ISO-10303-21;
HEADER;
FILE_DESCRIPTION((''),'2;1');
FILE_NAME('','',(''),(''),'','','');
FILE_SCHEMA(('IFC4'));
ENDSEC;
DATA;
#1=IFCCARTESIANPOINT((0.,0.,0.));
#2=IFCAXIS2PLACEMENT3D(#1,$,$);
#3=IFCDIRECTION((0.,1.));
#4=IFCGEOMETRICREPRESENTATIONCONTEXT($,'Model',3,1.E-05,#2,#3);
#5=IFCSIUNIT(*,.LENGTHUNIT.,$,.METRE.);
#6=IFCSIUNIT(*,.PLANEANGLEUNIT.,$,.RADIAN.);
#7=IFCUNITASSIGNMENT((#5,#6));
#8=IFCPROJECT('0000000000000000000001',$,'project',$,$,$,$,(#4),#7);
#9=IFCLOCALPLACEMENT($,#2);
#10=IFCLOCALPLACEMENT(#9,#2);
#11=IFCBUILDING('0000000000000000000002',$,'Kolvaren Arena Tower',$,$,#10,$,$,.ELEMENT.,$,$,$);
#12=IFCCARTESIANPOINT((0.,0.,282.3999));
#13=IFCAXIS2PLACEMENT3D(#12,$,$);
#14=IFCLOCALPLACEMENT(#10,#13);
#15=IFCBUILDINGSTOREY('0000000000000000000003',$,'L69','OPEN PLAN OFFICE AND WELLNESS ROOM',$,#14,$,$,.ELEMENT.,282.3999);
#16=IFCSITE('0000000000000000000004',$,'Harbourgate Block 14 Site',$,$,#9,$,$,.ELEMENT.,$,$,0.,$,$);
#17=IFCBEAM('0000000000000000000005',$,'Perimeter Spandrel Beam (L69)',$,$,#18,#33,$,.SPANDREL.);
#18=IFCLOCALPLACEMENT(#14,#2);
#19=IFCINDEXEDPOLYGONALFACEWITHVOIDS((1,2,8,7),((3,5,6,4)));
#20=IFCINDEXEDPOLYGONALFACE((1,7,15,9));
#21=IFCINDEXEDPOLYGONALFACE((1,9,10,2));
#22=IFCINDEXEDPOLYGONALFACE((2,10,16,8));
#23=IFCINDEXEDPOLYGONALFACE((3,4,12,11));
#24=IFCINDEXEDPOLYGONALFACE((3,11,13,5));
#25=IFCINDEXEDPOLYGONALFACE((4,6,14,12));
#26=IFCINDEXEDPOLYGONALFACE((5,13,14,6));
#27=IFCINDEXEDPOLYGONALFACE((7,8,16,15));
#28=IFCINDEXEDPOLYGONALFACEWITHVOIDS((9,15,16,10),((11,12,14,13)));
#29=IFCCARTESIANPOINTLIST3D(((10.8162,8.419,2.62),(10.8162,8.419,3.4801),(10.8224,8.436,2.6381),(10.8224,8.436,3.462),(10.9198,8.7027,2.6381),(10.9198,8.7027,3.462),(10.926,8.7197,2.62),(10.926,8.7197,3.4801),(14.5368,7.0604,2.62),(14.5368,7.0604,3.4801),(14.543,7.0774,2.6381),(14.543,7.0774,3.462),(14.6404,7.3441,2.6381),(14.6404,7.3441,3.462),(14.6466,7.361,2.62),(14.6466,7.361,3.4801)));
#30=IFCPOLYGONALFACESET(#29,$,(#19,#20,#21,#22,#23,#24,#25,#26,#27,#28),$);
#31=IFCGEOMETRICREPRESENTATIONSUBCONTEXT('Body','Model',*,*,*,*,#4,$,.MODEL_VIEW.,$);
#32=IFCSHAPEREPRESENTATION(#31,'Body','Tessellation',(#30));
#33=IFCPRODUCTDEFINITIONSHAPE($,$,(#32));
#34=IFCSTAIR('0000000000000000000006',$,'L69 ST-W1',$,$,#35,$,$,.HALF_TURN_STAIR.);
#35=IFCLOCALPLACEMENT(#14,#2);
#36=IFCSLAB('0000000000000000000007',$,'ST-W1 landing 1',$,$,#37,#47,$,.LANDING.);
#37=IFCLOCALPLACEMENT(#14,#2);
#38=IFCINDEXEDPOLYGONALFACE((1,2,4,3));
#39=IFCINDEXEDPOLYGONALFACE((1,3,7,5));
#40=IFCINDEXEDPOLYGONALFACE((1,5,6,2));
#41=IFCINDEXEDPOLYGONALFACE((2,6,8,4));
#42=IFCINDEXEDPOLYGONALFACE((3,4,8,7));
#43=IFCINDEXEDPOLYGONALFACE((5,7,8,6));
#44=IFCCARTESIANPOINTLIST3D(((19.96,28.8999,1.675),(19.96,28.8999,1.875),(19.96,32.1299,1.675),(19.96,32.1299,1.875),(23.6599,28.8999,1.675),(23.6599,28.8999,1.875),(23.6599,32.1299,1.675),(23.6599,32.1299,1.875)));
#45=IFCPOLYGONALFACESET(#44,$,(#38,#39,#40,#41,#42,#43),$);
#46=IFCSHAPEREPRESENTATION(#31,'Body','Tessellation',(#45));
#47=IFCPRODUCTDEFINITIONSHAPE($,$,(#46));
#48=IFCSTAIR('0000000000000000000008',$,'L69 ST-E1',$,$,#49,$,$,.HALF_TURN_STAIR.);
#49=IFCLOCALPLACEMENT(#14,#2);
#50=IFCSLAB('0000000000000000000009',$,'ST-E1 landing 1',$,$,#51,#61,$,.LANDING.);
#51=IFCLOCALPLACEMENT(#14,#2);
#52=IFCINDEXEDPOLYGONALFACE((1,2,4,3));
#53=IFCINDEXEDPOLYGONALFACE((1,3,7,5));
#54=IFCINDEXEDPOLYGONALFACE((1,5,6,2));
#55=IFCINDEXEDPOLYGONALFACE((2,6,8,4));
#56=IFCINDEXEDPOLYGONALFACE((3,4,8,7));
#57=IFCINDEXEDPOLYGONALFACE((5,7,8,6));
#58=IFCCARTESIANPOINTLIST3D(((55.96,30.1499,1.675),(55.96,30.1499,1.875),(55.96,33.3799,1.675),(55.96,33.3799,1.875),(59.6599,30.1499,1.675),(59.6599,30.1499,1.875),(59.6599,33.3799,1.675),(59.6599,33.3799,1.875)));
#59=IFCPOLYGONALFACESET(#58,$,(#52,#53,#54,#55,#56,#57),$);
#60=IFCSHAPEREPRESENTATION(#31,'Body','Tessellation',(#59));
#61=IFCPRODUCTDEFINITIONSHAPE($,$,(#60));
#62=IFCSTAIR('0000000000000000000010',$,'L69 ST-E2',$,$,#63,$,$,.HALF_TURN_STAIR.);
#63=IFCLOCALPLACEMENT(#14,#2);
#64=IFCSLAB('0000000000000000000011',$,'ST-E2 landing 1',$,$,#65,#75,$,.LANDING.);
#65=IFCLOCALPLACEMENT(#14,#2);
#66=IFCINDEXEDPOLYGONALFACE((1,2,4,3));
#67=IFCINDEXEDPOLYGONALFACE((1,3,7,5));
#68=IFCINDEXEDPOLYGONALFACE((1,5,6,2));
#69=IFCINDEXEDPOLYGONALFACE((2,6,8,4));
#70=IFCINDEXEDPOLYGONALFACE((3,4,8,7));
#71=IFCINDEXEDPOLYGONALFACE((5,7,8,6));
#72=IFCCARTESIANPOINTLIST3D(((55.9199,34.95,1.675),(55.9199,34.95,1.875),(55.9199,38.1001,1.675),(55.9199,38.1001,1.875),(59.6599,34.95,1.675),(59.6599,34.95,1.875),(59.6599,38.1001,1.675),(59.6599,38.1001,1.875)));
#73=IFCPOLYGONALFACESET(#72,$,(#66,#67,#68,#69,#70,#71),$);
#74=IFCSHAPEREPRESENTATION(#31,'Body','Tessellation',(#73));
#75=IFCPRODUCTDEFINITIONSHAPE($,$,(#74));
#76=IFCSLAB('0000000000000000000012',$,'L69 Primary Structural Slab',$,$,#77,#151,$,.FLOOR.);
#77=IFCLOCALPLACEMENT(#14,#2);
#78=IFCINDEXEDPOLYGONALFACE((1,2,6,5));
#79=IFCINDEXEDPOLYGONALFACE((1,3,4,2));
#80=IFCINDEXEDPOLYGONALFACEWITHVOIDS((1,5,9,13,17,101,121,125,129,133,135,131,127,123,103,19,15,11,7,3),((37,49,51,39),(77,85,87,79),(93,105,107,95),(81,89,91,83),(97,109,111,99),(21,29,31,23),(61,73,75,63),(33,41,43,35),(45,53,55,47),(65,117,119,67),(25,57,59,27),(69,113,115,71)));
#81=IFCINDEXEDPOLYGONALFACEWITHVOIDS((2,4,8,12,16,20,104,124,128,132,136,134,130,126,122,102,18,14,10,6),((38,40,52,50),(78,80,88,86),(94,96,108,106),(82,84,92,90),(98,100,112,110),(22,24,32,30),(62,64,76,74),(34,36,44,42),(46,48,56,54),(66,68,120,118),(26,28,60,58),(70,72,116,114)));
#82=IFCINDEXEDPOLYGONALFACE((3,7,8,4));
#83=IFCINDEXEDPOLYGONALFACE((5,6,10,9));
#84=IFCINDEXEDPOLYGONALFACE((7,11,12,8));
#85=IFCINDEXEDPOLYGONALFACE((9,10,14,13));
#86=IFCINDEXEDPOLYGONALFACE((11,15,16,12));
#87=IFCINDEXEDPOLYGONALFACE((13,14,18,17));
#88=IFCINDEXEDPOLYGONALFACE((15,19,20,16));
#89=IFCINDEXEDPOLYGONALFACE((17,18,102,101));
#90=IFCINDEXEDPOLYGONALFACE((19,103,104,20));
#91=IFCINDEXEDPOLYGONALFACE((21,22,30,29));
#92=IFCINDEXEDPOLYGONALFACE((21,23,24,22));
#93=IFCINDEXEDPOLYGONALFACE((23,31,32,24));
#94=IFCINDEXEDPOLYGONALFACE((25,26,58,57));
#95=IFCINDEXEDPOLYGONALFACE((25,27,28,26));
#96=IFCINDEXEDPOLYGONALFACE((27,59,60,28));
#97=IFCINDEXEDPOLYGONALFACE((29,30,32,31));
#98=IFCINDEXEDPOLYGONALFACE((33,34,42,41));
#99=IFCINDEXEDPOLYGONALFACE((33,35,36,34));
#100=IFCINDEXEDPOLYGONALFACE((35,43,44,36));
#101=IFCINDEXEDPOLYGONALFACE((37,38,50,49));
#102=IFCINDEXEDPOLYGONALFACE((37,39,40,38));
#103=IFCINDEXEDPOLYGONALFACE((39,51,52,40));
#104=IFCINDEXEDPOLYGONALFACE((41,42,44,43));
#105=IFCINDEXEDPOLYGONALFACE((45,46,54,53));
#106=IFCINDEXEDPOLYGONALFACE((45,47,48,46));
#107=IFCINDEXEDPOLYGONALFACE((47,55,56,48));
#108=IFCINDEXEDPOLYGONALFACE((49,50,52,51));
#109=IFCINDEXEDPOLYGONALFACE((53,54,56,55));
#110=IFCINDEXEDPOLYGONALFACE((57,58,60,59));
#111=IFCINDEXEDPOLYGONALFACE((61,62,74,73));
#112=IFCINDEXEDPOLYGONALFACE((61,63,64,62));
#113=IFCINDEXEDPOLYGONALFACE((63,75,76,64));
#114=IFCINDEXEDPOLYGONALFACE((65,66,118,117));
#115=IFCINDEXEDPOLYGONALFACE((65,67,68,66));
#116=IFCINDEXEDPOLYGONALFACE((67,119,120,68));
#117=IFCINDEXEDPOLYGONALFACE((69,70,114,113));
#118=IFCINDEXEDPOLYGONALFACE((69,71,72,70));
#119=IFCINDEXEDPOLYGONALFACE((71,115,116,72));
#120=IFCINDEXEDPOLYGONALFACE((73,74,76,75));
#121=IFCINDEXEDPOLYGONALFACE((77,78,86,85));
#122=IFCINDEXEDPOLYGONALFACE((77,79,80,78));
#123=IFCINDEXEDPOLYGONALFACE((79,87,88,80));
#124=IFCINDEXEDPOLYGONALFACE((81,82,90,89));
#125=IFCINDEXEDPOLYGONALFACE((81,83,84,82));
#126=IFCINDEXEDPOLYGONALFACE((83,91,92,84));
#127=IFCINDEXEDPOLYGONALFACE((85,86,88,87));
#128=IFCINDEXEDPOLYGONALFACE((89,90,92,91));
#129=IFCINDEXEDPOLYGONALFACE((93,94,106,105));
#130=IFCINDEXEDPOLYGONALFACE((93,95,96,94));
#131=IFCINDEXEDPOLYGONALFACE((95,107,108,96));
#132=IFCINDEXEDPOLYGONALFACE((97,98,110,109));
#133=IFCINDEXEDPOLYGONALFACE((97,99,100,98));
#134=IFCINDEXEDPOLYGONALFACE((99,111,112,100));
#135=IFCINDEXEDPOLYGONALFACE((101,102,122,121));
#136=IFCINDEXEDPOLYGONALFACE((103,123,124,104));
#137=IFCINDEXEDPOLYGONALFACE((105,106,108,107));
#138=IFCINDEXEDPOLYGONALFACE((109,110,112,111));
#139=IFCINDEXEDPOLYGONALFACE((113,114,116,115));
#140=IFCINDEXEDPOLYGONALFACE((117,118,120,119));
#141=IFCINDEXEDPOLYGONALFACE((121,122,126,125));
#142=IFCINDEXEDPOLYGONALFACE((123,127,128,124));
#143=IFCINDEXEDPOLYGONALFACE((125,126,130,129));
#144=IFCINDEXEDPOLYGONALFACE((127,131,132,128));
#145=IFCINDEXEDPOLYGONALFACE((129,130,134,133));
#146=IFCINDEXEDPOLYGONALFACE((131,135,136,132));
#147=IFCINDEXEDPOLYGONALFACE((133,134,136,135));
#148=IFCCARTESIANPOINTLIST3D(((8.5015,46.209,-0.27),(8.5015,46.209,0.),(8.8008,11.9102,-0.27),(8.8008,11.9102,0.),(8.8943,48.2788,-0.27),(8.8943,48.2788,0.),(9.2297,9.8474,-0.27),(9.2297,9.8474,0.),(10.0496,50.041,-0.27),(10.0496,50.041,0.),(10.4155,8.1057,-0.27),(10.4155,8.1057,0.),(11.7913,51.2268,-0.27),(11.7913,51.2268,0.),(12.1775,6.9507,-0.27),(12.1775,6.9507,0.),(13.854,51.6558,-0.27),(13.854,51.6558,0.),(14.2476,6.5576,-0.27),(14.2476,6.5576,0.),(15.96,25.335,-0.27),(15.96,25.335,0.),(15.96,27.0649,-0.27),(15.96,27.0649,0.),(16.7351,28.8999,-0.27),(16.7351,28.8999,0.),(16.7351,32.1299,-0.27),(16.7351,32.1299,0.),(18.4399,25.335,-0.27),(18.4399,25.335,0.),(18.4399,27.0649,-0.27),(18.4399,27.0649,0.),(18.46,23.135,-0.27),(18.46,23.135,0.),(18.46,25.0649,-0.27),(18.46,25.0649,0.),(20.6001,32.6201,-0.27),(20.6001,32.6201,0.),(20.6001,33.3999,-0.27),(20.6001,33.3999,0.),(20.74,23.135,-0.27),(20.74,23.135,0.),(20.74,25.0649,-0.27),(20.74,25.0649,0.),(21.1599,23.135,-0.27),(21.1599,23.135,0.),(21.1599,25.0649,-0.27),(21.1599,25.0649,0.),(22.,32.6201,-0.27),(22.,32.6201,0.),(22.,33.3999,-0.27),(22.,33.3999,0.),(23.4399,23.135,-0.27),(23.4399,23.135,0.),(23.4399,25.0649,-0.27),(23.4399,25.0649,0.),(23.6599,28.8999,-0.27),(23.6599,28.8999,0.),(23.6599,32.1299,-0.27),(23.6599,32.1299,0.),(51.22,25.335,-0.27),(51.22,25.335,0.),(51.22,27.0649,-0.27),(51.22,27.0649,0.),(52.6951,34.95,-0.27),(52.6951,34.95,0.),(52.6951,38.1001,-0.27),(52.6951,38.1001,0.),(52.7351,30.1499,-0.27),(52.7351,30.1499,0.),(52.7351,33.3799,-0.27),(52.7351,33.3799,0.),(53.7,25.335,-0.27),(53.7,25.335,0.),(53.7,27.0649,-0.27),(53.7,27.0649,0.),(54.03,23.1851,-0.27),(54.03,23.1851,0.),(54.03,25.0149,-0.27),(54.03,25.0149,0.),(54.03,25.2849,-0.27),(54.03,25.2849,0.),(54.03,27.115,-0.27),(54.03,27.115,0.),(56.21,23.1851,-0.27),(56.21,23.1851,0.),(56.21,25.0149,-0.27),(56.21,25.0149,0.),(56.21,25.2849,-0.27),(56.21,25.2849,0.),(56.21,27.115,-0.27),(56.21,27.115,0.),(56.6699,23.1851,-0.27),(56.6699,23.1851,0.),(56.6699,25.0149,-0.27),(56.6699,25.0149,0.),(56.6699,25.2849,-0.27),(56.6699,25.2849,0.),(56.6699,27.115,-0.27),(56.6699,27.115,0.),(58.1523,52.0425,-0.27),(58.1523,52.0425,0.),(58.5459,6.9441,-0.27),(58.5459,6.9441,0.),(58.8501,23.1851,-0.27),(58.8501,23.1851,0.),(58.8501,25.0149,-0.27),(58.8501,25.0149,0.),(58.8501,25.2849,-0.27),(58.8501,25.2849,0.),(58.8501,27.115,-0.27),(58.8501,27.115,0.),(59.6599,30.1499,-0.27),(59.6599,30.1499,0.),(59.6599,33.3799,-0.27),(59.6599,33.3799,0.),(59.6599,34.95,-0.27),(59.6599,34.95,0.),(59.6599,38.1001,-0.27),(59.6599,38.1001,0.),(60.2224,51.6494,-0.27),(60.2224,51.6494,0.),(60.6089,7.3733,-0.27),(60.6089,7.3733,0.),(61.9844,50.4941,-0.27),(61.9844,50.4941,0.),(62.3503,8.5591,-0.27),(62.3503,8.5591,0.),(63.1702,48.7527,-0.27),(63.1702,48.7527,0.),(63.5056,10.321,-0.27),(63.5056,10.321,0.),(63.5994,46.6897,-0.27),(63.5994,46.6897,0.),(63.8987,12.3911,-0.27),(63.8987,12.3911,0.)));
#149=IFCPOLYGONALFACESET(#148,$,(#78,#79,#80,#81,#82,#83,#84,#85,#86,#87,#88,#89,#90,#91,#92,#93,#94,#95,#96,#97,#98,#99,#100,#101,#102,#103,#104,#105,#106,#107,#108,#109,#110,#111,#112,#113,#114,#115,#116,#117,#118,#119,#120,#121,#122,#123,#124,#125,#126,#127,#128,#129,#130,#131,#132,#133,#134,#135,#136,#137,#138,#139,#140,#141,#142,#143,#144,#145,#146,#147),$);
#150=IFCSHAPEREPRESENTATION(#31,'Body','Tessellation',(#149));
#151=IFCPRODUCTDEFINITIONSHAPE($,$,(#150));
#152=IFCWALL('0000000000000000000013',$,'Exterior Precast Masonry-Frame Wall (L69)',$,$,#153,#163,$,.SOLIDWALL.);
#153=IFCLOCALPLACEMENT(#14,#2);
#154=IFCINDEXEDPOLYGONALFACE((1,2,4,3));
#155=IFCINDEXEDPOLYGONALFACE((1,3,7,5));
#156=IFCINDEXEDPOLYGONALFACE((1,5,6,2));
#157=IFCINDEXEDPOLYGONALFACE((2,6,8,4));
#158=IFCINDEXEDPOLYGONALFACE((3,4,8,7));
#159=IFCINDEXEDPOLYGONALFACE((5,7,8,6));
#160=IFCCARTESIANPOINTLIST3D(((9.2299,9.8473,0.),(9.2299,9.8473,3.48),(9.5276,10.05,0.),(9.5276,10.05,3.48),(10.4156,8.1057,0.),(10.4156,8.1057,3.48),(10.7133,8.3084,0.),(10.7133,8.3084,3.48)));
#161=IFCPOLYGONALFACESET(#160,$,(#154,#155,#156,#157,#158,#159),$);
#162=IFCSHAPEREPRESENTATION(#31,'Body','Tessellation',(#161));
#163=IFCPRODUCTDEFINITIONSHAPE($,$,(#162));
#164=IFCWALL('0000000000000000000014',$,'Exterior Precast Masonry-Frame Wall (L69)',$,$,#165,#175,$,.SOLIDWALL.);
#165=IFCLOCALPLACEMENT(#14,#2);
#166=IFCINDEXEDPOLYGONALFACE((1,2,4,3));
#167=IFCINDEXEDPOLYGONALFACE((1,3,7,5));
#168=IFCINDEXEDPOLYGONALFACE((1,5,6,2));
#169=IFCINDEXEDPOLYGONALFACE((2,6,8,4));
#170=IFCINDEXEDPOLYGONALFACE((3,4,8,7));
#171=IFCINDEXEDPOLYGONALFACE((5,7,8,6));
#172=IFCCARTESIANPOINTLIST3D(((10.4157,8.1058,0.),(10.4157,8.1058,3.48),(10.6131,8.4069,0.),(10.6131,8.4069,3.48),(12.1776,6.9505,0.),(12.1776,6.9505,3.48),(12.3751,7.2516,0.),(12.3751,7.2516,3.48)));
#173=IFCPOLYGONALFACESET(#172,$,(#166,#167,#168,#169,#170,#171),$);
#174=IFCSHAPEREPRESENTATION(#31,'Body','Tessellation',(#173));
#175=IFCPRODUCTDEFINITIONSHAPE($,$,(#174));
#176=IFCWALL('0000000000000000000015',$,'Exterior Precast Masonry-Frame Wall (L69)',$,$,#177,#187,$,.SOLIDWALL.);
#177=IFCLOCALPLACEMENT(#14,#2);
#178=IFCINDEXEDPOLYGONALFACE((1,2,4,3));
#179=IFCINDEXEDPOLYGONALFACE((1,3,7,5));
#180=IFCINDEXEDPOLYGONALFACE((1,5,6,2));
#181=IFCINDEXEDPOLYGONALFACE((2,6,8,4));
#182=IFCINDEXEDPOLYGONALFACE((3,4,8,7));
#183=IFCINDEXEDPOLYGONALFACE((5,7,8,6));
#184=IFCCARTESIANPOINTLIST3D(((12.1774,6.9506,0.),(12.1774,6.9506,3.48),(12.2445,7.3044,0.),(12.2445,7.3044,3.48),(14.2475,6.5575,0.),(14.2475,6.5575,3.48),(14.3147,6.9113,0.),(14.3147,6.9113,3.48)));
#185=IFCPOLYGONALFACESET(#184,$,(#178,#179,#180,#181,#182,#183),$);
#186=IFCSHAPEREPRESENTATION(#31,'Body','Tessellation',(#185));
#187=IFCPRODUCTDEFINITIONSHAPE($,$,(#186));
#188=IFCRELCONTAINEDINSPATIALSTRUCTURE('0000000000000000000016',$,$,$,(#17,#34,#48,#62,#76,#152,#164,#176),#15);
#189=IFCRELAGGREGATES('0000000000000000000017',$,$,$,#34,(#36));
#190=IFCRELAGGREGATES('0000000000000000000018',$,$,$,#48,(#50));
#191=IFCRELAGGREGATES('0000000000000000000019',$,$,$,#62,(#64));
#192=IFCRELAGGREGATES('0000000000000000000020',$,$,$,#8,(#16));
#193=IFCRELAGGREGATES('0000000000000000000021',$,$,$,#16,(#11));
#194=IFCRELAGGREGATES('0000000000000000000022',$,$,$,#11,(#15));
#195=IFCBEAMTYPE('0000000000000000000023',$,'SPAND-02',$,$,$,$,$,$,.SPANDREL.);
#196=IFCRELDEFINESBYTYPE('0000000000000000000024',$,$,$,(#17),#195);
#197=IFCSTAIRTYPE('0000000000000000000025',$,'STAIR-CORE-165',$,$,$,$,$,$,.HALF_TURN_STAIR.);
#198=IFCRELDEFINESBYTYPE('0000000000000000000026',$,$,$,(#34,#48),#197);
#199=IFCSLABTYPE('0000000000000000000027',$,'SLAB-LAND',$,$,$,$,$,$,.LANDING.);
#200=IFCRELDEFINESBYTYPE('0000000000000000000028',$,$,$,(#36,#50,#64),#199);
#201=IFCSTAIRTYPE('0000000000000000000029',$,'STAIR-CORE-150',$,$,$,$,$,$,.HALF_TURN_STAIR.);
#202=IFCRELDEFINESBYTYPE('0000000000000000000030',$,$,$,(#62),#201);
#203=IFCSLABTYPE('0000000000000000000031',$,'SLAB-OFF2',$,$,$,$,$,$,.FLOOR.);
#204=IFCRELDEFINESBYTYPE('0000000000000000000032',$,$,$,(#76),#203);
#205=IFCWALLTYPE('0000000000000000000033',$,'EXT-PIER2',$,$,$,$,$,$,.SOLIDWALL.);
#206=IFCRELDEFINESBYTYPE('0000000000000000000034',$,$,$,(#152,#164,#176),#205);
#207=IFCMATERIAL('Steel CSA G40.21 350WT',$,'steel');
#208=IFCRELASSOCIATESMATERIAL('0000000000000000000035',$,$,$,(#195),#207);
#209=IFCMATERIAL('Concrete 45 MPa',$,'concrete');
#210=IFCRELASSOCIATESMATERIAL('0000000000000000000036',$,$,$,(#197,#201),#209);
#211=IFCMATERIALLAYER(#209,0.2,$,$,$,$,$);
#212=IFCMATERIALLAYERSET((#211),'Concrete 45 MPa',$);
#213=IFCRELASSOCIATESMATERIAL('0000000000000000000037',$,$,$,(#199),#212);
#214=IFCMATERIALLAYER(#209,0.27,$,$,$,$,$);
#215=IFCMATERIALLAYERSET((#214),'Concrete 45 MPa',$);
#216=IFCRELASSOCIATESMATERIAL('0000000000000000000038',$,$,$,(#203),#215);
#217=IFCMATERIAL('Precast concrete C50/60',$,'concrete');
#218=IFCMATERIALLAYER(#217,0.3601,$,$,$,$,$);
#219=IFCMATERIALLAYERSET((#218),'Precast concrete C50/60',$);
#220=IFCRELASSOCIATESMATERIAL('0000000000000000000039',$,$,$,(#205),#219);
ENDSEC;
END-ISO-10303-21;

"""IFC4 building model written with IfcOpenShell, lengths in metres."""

from ifc_helpers import new_model, si_unit, direction, frame, frame_2d, origin, origin_2d, place, context, subcontext, project, spatial, polyline, rectangle, hollow_rectangle, outline, extrude, material, layer, layer_set, material_profile, profile_set, type_object, element, aggregate, save


model = new_model("IFC4")

# Units and contexts
model_context = context("Model", 3, precision=1e-05, world=origin(), true_north=direction((0.0, 1.0)))
body_context = subcontext(model_context, "Body", "Model", "MODEL_VIEW")
ifc_project = project(units=[si_unit("LENGTHUNIT", "METRE"), si_unit("PLANEANGLEUNIT", "RADIAN")], contexts=[model_context])

# Site, building, storey
site_placement = place(None, origin())
site = spatial("IfcSite", under=ifc_project, at=site_placement, Name="Harbourgate Block 14 Site", CompositionType="ELEMENT", RefElevation=0.0)
building_placement = place(site_placement, origin())
building = spatial("IfcBuilding", under=site, at=building_placement, Name="Kolvaren Arena Tower", CompositionType="ELEMENT")
storey_placement = place(building_placement, frame((0.0, 0.0, 282.3999)))
storey = spatial("IfcBuildingStorey", under=building, at=storey_placement, Name="L69", Description="OPEN PLAN OFFICE AND WELLNESS ROOM", CompositionType="ELEMENT", Elevation=282.3999)

# Shared definitions
ifc_material_1 = material(Name="Precast concrete C50/60", Category="concrete")

# Beam
ifc_material_2 = material(Name="Steel CSA G40.21 350WT", Category="steel")
ifc_material_profile_1 = material_profile(ifc_material_2, hollow_rectangle(XDim=0.3201, YDim=0.8601, WallThickness=0.0181, at=origin_2d()), Name="HSS 860x320x18")
ifc_profile_set_1 = profile_set([ifc_material_profile_1], Name="Steel CSA G40.21 350WT")
beam_type_1 = type_object("IfcBeamType", Name="SPAND-02", PredefinedType="SPANDREL", material=ifc_profile_set_1)
beam_1_placement = place(storey_placement, frame((10.8711, 8.5693, 3.05), z_axis=(0.939334, -0.343005, 0.0), x_axis=(0.343005, 0.939334, 0.0)))
element("IfcBeam", 1, at=beam_1_placement, inside=storey, type_object=beam_type_1, Name="Perimeter Spandrel Beam (L69)", PredefinedType="SPANDREL", context=body_context, shape_type="SweptSolid", body=[
    extrude(hollow_rectangle(XDim=0.3201, YDim=0.8601, WallThickness=0.0181, at=origin_2d()), origin(), (0.0, 0.0, 1.0), 3.9609),
])

# Stairs, slabs
ifc_material_3 = material(Name="Concrete 45 MPa", Category="concrete")
stair_type_1 = type_object("IfcStairType", Name="STAIR-CORE-165", PredefinedType="HALF_TURN_STAIR", material=ifc_material_3)
stair_1_placement = place(storey_placement, origin())
stair_1 = element("IfcStair", 2, at=stair_1_placement, inside=storey, type_object=stair_type_1, Name="L69 ST-W1", PredefinedType="HALF_TURN_STAIR")
ifc_layer_1 = layer(ifc_material_3, 0.2)
ifc_layer_set_1 = layer_set([ifc_layer_1], Name="Concrete 45 MPa")
slab_type_1 = type_object("IfcSlabType", Name="SLAB-LAND", PredefinedType="LANDING", material=ifc_layer_set_1)
slab_1_placement = place(storey_placement, frame((0.0, 0.0, 1.675)))
slab_1 = element("IfcSlab", 3, at=slab_1_placement, type_object=slab_type_1, Name="ST-W1 landing 1", PredefinedType="LANDING", context=body_context, shape_type="SweptSolid", body=[
    extrude(outline(polyline([(19.96, 28.8999), (23.6599, 28.8999), (23.6599, 32.1299), (19.96, 32.1299), (19.96, 28.8999)])), origin(), (0.0, 0.0, 1.0), 0.2),
])
aggregate(stair_1, [slab_1])
stair_2_placement = place(storey_placement, origin())
stair_2 = element("IfcStair", 4, at=stair_2_placement, inside=storey, type_object=stair_type_1, Name="L69 ST-E1", PredefinedType="HALF_TURN_STAIR")
slab_2_placement = place(storey_placement, frame((0.0, 0.0, 1.675)))
slab_2 = element("IfcSlab", 5, at=slab_2_placement, type_object=slab_type_1, Name="ST-E1 landing 1", PredefinedType="LANDING", context=body_context, shape_type="SweptSolid", body=[
    extrude(outline(polyline([(55.96, 30.1499), (59.6599, 30.1499), (59.6599, 33.3799), (55.96, 33.3799), (55.96, 30.1499)])), origin(), (0.0, 0.0, 1.0), 0.2),
])
aggregate(stair_2, [slab_2])
stair_type_2 = type_object("IfcStairType", Name="STAIR-CORE-150", PredefinedType="HALF_TURN_STAIR", material=ifc_material_3)
stair_3_placement = place(storey_placement, origin())
stair_3 = element("IfcStair", 6, at=stair_3_placement, inside=storey, type_object=stair_type_2, Name="L69 ST-E2", PredefinedType="HALF_TURN_STAIR")
slab_3_placement = place(storey_placement, frame((0.0, 0.0, 1.675)))
slab_3 = element("IfcSlab", 7, at=slab_3_placement, type_object=slab_type_1, Name="ST-E2 landing 1", PredefinedType="LANDING", context=body_context, shape_type="SweptSolid", body=[
    extrude(outline(polyline([(55.9199, 34.95), (59.6599, 34.95), (59.6599, 38.1001), (55.9199, 38.1001), (55.9199, 34.95)])), origin(), (0.0, 0.0, 1.0), 0.2),
])
aggregate(stair_3, [slab_3])

# Slab
ifc_layer_2 = layer(ifc_material_3, 0.27)
ifc_layer_set_2 = layer_set([ifc_layer_2], Name="Concrete 45 MPa")
slab_type_2 = type_object("IfcSlabType", Name="SLAB-OFF2", PredefinedType="FLOOR", material=ifc_layer_set_2)
slab_4_placement = place(storey_placement, frame((0.0, 0.0, -0.27)))
element("IfcSlab", 8, at=slab_4_placement, inside=storey, type_object=slab_type_2, Name="L69 Primary Structural Slab", PredefinedType="FLOOR", context=body_context, shape_type="SweptSolid", body=[
    extrude(outline(polyline([(58.5459, 6.9441), (60.6089, 7.3733), (62.3503, 8.5591), (63.5056, 10.321), (63.8987, 12.3911), (63.5994, 46.6897), (63.1702, 48.7527), (61.9844, 50.4941), (60.2224, 51.6494), (58.1523, 52.0425), (13.854, 51.6558), (11.7913, 51.2268), (10.0496, 50.041), (8.8943, 48.2788), (8.5015, 46.209), (8.8008, 11.9102), (9.2297, 9.8474), (10.4155, 8.1057), (12.1775, 6.9507), (14.2476, 6.5576), (58.5459, 6.9441)]), holes=[polyline([(20.74, 23.135), (18.46, 23.135), (18.46, 25.0649), (20.74, 25.0649), (20.74, 23.135)]), polyline([(21.1599, 23.135), (21.1599, 25.0649), (23.4399, 25.0649), (23.4399, 23.135), (21.1599, 23.135)]), polyline([(56.21, 23.1851), (54.03, 23.1851), (54.03, 25.0149), (56.21, 25.0149), (56.21, 23.1851)]), polyline([(56.6699, 23.1851), (56.6699, 25.0149), (58.8501, 25.0149), (58.8501, 23.1851), (56.6699, 23.1851)]), polyline([(54.03, 25.2849), (54.03, 27.115), (56.21, 27.115), (56.21, 25.2849), (54.03, 25.2849)]), polyline([(58.8501, 25.2849), (56.6699, 25.2849), (56.6699, 27.115), (58.8501, 27.115), (58.8501, 25.2849)]), polyline([(15.96, 25.335), (15.96, 27.0649), (18.4399, 27.0649), (18.4399, 25.335), (15.96, 25.335)]), polyline([(53.7, 25.335), (51.22, 25.335), (51.22, 27.0649), (53.7, 27.0649), (53.7, 25.335)]), polyline([(16.7351, 28.8999), (16.7351, 32.1299), (23.6599, 32.1299), (23.6599, 28.8999), (16.7351, 28.8999)]), polyline([(52.7351, 30.1499), (52.7351, 33.3799), (59.6599, 33.3799), (59.6599, 30.1499), (52.7351, 30.1499)]), polyline([(20.6001, 32.6201), (20.6001, 33.3999), (22.0, 33.3999), (22.0, 32.6201), (20.6001, 32.6201)]), polyline([(52.6951, 34.95), (52.6951, 38.1001), (59.6599, 38.1001), (59.6599, 34.95), (52.6951, 34.95)])]), origin(), (0.0, 0.0, 1.0), 0.27),
])

# Walls
ifc_layer_3 = layer(ifc_material_1, 0.3601)
ifc_layer_set_3 = layer_set([ifc_layer_3], Name="Precast concrete C50/60")
wall_type = type_object("IfcWallType", Name="EXT-PIER2", PredefinedType="SOLIDWALL", material=ifc_layer_set_3)
for number, where, z_axis, x_axis, name in (
    (9, (10.5645, 8.207, 0.0), (0.0, 0.0, 1.0), (-0.562776, 0.82661, 0.0), "Exterior Precast Masonry-Frame Wall (L69)"),
    (10, (12.2764, 7.1011, 0.0), (0.0, 0.0, 1.0), (-0.836269, 0.54832, 0.0), "Exterior Precast Masonry-Frame Wall (L69)"),
):
    element("IfcWall", number, at=place(storey_placement, frame(where, z_axis=z_axis, x_axis=x_axis)), inside=storey, type_object=wall_type, Name=name, PredefinedType="SOLIDWALL", context=body_context, shape_type="SweptSolid", body=[
        extrude(rectangle(XDim=2.1069, YDim=0.3601, at=frame_2d((1.0535, 0.0))), origin(), (0.0, 0.0, 1.0), 3.48),
    ])
wall_placement = place(storey_placement, frame((14.2812, 6.7344, 0.0), z_axis=(0.0, 0.0, 1.0), x_axis=(-0.982446, 0.186548, 0.0)))
element("IfcWall", 11, at=wall_placement, inside=storey, type_object=wall_type, Name="Exterior Precast Masonry-Frame Wall (L69)", PredefinedType="SOLIDWALL", context=body_context, shape_type="SweptSolid", body=[
    extrude(rectangle(XDim=2.1072, YDim=0.3601, at=frame_2d((1.0537, 0.0))), origin(), (0.0, 0.0, 1.0), 3.48),
])

save(model, "model.ifc")
